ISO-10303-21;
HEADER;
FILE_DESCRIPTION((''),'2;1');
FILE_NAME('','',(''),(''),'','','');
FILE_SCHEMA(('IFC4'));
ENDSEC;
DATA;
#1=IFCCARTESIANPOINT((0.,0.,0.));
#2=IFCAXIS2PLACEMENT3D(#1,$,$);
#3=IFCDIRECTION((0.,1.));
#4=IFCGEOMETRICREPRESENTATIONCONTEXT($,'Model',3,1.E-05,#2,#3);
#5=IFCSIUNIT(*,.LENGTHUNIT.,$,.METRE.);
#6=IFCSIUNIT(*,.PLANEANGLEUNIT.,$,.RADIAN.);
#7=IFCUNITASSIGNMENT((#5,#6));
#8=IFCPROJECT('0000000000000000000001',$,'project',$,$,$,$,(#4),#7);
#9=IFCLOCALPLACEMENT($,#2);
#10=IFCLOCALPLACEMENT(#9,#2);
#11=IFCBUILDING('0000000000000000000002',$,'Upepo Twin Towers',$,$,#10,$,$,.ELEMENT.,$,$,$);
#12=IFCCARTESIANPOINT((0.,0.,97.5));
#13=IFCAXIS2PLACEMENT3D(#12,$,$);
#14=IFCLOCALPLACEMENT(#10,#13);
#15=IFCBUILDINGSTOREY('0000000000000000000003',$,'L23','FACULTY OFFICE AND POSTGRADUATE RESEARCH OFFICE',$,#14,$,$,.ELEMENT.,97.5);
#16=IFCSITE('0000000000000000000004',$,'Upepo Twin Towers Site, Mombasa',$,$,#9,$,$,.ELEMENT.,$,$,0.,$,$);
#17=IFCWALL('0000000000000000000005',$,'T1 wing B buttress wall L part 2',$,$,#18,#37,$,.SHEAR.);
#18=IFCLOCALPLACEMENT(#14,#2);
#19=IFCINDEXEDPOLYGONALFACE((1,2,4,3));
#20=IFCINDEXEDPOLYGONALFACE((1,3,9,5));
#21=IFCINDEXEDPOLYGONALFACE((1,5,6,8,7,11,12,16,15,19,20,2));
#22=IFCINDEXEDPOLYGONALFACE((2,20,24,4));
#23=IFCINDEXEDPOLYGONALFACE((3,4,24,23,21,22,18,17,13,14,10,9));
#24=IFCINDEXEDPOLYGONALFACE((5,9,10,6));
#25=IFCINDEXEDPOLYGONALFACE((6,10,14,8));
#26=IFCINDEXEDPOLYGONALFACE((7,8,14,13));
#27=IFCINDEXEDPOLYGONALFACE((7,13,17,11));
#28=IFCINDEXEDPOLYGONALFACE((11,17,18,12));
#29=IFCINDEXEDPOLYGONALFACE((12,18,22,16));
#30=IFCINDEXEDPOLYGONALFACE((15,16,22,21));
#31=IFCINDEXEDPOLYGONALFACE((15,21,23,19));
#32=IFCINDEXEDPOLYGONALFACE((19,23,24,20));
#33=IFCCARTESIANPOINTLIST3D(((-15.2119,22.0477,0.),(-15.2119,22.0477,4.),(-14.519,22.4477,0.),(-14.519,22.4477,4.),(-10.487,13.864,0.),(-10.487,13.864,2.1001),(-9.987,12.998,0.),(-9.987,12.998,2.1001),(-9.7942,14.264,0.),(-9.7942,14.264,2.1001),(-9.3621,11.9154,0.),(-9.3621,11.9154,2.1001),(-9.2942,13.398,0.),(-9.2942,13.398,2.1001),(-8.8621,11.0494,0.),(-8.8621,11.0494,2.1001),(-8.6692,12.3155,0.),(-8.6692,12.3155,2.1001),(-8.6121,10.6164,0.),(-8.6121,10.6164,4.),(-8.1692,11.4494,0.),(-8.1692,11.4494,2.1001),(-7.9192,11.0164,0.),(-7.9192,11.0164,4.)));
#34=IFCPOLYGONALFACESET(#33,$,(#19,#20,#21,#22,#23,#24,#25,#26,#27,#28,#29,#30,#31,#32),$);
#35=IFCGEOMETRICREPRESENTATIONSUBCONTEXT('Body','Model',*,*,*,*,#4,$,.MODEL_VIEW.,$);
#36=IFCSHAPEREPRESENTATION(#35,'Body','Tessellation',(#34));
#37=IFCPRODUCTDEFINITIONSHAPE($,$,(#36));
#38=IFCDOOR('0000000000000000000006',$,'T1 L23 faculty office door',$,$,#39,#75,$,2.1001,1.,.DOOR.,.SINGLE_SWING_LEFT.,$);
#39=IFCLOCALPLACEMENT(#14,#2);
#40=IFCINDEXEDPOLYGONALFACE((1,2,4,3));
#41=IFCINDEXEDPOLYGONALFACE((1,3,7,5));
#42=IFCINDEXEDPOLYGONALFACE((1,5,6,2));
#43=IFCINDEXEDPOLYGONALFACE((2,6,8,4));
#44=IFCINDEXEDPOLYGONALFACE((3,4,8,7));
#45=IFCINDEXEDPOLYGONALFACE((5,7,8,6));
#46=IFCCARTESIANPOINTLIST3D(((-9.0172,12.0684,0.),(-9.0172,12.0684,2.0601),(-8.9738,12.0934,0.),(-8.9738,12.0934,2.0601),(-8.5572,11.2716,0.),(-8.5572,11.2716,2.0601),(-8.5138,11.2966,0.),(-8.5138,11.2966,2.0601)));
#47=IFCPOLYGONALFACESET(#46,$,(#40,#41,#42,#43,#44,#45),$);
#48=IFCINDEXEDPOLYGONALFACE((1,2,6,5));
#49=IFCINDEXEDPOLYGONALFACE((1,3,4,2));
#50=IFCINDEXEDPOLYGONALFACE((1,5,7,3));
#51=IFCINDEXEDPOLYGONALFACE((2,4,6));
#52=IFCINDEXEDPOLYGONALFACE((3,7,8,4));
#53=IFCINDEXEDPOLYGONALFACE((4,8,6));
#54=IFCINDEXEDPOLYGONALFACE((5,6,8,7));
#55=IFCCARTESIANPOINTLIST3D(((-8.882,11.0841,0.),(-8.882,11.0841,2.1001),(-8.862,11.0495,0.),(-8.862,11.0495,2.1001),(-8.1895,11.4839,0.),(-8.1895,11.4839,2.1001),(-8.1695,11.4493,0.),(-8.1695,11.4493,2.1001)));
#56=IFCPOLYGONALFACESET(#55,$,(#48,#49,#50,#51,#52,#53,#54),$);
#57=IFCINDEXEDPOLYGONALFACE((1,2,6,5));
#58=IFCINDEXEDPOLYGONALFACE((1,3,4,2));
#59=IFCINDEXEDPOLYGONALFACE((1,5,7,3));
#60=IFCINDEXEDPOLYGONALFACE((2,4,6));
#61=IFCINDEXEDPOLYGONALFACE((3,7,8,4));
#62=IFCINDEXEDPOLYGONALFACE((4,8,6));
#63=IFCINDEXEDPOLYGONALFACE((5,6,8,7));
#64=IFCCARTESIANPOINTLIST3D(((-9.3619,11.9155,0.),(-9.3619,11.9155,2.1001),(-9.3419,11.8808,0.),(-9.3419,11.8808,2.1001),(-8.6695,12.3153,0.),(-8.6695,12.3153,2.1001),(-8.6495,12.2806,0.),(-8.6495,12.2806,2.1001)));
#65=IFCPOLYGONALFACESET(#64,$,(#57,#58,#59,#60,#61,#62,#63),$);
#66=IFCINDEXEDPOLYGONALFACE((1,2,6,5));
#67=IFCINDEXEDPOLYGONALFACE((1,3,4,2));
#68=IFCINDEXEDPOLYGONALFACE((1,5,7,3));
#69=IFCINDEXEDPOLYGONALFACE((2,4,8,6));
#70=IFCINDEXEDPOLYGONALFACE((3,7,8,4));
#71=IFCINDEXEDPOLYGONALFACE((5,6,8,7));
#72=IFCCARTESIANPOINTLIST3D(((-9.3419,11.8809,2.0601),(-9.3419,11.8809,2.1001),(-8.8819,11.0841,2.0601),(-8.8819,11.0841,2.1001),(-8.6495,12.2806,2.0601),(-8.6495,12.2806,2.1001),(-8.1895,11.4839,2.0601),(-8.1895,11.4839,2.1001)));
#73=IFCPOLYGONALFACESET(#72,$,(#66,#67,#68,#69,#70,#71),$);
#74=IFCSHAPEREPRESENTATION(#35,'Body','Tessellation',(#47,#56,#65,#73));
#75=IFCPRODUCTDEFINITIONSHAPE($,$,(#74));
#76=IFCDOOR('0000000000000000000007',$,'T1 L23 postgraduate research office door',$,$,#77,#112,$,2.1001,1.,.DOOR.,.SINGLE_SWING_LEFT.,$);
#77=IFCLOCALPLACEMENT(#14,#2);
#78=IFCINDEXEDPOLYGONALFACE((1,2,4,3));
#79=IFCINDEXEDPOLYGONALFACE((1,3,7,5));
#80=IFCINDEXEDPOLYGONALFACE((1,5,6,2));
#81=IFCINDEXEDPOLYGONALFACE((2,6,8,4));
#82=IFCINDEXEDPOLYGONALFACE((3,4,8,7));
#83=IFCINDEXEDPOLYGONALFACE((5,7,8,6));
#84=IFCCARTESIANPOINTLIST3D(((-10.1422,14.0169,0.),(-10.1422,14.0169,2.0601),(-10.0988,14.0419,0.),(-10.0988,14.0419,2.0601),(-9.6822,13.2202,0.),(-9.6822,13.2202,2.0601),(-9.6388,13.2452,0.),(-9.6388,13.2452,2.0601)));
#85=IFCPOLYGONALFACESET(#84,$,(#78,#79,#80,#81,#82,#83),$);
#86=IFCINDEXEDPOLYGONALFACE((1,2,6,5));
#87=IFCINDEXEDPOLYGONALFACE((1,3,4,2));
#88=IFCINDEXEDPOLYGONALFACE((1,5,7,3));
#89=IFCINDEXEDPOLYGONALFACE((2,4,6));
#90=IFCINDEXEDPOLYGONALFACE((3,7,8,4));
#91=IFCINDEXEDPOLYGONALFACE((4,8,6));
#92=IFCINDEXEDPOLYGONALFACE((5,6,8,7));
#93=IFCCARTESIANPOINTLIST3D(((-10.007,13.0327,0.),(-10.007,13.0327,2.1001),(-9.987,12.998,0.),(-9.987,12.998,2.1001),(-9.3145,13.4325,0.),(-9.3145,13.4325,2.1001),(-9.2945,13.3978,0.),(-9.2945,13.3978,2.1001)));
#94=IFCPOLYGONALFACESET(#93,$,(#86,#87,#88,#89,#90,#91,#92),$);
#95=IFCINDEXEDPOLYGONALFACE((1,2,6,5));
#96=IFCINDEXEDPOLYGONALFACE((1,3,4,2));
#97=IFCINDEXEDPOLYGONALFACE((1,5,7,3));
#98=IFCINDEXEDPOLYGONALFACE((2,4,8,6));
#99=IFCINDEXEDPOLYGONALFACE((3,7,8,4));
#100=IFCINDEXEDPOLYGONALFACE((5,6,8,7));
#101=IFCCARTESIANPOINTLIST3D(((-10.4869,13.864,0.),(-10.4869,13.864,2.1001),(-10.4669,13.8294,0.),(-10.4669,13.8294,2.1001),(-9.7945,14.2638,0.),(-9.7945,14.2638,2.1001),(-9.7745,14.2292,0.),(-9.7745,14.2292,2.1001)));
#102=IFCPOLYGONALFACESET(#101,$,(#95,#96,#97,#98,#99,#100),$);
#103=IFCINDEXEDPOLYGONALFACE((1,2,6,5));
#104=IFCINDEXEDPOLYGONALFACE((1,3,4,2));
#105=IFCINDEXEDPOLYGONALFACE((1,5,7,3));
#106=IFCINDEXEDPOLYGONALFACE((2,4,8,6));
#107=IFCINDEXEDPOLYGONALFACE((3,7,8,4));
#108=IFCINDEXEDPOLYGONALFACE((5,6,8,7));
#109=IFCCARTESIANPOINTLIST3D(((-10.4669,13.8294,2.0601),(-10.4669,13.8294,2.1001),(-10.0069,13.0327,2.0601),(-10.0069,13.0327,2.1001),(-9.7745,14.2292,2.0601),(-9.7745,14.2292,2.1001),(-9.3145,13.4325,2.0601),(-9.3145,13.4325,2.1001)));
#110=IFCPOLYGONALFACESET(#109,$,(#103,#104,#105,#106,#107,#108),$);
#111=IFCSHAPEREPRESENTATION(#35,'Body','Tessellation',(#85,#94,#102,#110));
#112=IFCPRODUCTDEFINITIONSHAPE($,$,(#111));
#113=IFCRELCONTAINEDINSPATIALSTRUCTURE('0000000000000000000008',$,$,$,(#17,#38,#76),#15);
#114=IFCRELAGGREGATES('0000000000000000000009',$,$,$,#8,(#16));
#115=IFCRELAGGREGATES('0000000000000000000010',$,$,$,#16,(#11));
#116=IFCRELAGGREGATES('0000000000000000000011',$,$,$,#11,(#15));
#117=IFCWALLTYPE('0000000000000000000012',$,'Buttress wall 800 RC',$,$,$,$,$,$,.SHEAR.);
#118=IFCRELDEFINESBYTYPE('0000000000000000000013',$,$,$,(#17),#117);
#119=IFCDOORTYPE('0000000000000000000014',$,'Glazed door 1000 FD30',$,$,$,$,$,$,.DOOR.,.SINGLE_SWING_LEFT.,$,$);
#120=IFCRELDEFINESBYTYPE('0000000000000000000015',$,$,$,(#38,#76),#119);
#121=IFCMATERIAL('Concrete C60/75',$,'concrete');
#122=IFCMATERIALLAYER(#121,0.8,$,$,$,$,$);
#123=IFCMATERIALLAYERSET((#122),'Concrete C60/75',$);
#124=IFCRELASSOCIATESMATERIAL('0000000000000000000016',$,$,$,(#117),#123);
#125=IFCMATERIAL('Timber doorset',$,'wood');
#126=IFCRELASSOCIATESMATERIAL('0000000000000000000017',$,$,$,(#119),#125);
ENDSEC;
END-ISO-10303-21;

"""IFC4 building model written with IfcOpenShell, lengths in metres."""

from ifc_helpers import new_model, si_unit, direction, frame, frame_2d, origin, place, context, subcontext, project, spatial, rectangle, extrude, material, layer, layer_set, type_object, element, fill, save


model = new_model("IFC4")

# Units and contexts
model_context = context("Model", 3, precision=1e-05, world=origin(), true_north=direction((0.0, 1.0)))
body_context = subcontext(model_context, "Body", "Model", "MODEL_VIEW")
ifc_project = project(units=[si_unit("LENGTHUNIT", "METRE"), si_unit("PLANEANGLEUNIT", "RADIAN")], contexts=[model_context])

# Site, building, storey
site_placement = place(None, origin())
site = spatial("IfcSite", under=ifc_project, at=site_placement, Name="Upepo Twin Towers Site, Mombasa", CompositionType="ELEMENT", RefElevation=0.0)
building_placement = place(site_placement, origin())
building = spatial("IfcBuilding", under=site, at=building_placement, Name="Upepo Twin Towers", CompositionType="ELEMENT")
storey_placement = place(building_placement, frame((0.0, 0.0, 97.5)))
storey = spatial("IfcBuildingStorey", under=building, at=storey_placement, Name="L23", Description="FACULTY OFFICE AND POSTGRADUATE RESEARCH OFFICE", CompositionType="ELEMENT", Elevation=97.5)

# Wall, openings, doors
ifc_material_1 = material(Name="Concrete C60/75", Category="concrete")
ifc_layer_1 = layer(ifc_material_1, 0.8)
ifc_layer_set_1 = layer_set([ifc_layer_1], Name="Concrete C60/75")
wall_type_1 = type_object("IfcWallType", Name="Buttress wall 800 RC", PredefinedType="SHEAR", material=ifc_layer_set_1)
wall_1_placement = place(storey_placement, frame((-8.2656, 10.8164, 0.0), z_axis=(0.0, 0.0, 1.0), x_axis=(-0.499996, 0.866028, 0.0)))
wall_1 = element("IfcWall", 1, at=wall_1_placement, inside=storey, type_object=wall_type_1, Name="T1 wing B buttress wall L part 2", PredefinedType="SHEAR", context=body_context, shape_type="SweptSolid", body=[
    extrude(rectangle(XDim=13.1997, YDim=0.8, at=frame_2d((6.5999, 0.0))), origin(), (0.0, 0.0, 1.0), 4.0),
])
opening_1_placement = place(wall_1_placement, frame((0.5, 0.0, 0.0)))
opening_1 = element("IfcOpeningElement", 2, at=opening_1_placement, cuts=wall_1, PredefinedType="OPENING", context=body_context, shape_type="SweptSolid", body=[
    extrude(rectangle(XDim=1.0, YDim=2.1001, at=frame_2d((0.5, 1.05))), frame((0.0, 0.4099, 0.0), z_axis=(0.0, -1.0, 0.0), x_axis=(1.0, 0.0, 0.0)), (0.0, 0.0, 1.0), 0.8201),
])
opening_2_placement = place(wall_1_placement, frame((2.75, 0.0, 0.0)))
opening_2 = element("IfcOpeningElement", 3, at=opening_2_placement, cuts=wall_1, PredefinedType="OPENING", context=body_context, shape_type="SweptSolid", body=[
    extrude(rectangle(XDim=1.0, YDim=2.1001, at=frame_2d((0.5, 1.05))), frame((0.0, 0.4099, 0.0), z_axis=(0.0, -1.0, 0.0), x_axis=(1.0, 0.0, 0.0)), (0.0, 0.0, 1.0), 0.8201),
])
ifc_material_2 = material(Name="Timber doorset", Category="wood")
door_type_1 = type_object("IfcDoorType", Name="Glazed door 1000 FD30", OperationType="SINGLE_SWING_LEFT", PredefinedType="DOOR", material=ifc_material_2)
door_1_placement = place(opening_1_placement, origin())
door_1 = element("IfcDoor", 4, at=door_1_placement, inside=storey, type_object=door_type_1, Name="T1 L23 faculty office door", OperationType="SINGLE_SWING_LEFT", OverallHeight=2.1001, OverallWidth=1.0, PredefinedType="DOOR", context=body_context, shape_type="SweptSolid", body=[
    extrude(rectangle(XDim=0.92, YDim=2.0601, at=frame_2d((0.5, 1.03))), frame((0.0, 0.0249, 0.0), z_axis=(0.0, -1.0, 0.0), x_axis=(1.0, 0.0, 0.0)), (0.0, 0.0, 1.0), 0.05),
    extrude(rectangle(XDim=0.04, YDim=2.1001, at=frame_2d((0.02, 1.05))), frame((0.0, 0.3999, 0.0), z_axis=(0.0, -1.0, 0.0), x_axis=(1.0, 0.0, 0.0)), (0.0, 0.0, 1.0), 0.7996),
    extrude(rectangle(XDim=0.04, YDim=2.1001, at=frame_2d((0.98, 1.05))), frame((0.0, 0.3999, 0.0), z_axis=(0.0, -1.0, 0.0), x_axis=(1.0, 0.0, 0.0)), (0.0, 0.0, 1.0), 0.7996),
    extrude(rectangle(XDim=0.92, YDim=0.04, at=frame_2d((0.5, 2.0801))), frame((0.0, 0.3999, 0.0), z_axis=(0.0, -1.0, 0.0), x_axis=(1.0, 0.0, 0.0)), (0.0, 0.0, 1.0), 0.7996),
])
fill(opening_1, door_1)
door_2_placement = place(opening_2_placement, origin())
door_2 = element("IfcDoor", 5, at=door_2_placement, inside=storey, type_object=door_type_1, Name="T1 L23 postgraduate research office door", OperationType="SINGLE_SWING_LEFT", OverallHeight=2.1001, OverallWidth=1.0, PredefinedType="DOOR", context=body_context, shape_type="SweptSolid", body=[
    extrude(rectangle(XDim=0.92, YDim=2.0601, at=frame_2d((0.5, 1.03))), frame((0.0, 0.0249, 0.0), z_axis=(0.0, -1.0, 0.0), x_axis=(1.0, 0.0, 0.0)), (0.0, 0.0, 1.0), 0.05),
    extrude(rectangle(XDim=0.04, YDim=2.1001, at=frame_2d((0.02, 1.05))), frame((0.0, 0.3999, 0.0), z_axis=(0.0, -1.0, 0.0), x_axis=(1.0, 0.0, 0.0)), (0.0, 0.0, 1.0), 0.7996),
    extrude(rectangle(XDim=0.04, YDim=2.1001, at=frame_2d((0.98, 1.05))), frame((0.0, 0.3999, 0.0), z_axis=(0.0, -1.0, 0.0), x_axis=(1.0, 0.0, 0.0)), (0.0, 0.0, 1.0), 0.7996),
    extrude(rectangle(XDim=0.92, YDim=0.04, at=frame_2d((0.5, 2.0801))), frame((0.0, 0.3999, 0.0), z_axis=(0.0, -1.0, 0.0), x_axis=(1.0, 0.0, 0.0)), (0.0, 0.0, 1.0), 0.7996),
])
fill(opening_2, door_2)

save(model, "model.ifc")
